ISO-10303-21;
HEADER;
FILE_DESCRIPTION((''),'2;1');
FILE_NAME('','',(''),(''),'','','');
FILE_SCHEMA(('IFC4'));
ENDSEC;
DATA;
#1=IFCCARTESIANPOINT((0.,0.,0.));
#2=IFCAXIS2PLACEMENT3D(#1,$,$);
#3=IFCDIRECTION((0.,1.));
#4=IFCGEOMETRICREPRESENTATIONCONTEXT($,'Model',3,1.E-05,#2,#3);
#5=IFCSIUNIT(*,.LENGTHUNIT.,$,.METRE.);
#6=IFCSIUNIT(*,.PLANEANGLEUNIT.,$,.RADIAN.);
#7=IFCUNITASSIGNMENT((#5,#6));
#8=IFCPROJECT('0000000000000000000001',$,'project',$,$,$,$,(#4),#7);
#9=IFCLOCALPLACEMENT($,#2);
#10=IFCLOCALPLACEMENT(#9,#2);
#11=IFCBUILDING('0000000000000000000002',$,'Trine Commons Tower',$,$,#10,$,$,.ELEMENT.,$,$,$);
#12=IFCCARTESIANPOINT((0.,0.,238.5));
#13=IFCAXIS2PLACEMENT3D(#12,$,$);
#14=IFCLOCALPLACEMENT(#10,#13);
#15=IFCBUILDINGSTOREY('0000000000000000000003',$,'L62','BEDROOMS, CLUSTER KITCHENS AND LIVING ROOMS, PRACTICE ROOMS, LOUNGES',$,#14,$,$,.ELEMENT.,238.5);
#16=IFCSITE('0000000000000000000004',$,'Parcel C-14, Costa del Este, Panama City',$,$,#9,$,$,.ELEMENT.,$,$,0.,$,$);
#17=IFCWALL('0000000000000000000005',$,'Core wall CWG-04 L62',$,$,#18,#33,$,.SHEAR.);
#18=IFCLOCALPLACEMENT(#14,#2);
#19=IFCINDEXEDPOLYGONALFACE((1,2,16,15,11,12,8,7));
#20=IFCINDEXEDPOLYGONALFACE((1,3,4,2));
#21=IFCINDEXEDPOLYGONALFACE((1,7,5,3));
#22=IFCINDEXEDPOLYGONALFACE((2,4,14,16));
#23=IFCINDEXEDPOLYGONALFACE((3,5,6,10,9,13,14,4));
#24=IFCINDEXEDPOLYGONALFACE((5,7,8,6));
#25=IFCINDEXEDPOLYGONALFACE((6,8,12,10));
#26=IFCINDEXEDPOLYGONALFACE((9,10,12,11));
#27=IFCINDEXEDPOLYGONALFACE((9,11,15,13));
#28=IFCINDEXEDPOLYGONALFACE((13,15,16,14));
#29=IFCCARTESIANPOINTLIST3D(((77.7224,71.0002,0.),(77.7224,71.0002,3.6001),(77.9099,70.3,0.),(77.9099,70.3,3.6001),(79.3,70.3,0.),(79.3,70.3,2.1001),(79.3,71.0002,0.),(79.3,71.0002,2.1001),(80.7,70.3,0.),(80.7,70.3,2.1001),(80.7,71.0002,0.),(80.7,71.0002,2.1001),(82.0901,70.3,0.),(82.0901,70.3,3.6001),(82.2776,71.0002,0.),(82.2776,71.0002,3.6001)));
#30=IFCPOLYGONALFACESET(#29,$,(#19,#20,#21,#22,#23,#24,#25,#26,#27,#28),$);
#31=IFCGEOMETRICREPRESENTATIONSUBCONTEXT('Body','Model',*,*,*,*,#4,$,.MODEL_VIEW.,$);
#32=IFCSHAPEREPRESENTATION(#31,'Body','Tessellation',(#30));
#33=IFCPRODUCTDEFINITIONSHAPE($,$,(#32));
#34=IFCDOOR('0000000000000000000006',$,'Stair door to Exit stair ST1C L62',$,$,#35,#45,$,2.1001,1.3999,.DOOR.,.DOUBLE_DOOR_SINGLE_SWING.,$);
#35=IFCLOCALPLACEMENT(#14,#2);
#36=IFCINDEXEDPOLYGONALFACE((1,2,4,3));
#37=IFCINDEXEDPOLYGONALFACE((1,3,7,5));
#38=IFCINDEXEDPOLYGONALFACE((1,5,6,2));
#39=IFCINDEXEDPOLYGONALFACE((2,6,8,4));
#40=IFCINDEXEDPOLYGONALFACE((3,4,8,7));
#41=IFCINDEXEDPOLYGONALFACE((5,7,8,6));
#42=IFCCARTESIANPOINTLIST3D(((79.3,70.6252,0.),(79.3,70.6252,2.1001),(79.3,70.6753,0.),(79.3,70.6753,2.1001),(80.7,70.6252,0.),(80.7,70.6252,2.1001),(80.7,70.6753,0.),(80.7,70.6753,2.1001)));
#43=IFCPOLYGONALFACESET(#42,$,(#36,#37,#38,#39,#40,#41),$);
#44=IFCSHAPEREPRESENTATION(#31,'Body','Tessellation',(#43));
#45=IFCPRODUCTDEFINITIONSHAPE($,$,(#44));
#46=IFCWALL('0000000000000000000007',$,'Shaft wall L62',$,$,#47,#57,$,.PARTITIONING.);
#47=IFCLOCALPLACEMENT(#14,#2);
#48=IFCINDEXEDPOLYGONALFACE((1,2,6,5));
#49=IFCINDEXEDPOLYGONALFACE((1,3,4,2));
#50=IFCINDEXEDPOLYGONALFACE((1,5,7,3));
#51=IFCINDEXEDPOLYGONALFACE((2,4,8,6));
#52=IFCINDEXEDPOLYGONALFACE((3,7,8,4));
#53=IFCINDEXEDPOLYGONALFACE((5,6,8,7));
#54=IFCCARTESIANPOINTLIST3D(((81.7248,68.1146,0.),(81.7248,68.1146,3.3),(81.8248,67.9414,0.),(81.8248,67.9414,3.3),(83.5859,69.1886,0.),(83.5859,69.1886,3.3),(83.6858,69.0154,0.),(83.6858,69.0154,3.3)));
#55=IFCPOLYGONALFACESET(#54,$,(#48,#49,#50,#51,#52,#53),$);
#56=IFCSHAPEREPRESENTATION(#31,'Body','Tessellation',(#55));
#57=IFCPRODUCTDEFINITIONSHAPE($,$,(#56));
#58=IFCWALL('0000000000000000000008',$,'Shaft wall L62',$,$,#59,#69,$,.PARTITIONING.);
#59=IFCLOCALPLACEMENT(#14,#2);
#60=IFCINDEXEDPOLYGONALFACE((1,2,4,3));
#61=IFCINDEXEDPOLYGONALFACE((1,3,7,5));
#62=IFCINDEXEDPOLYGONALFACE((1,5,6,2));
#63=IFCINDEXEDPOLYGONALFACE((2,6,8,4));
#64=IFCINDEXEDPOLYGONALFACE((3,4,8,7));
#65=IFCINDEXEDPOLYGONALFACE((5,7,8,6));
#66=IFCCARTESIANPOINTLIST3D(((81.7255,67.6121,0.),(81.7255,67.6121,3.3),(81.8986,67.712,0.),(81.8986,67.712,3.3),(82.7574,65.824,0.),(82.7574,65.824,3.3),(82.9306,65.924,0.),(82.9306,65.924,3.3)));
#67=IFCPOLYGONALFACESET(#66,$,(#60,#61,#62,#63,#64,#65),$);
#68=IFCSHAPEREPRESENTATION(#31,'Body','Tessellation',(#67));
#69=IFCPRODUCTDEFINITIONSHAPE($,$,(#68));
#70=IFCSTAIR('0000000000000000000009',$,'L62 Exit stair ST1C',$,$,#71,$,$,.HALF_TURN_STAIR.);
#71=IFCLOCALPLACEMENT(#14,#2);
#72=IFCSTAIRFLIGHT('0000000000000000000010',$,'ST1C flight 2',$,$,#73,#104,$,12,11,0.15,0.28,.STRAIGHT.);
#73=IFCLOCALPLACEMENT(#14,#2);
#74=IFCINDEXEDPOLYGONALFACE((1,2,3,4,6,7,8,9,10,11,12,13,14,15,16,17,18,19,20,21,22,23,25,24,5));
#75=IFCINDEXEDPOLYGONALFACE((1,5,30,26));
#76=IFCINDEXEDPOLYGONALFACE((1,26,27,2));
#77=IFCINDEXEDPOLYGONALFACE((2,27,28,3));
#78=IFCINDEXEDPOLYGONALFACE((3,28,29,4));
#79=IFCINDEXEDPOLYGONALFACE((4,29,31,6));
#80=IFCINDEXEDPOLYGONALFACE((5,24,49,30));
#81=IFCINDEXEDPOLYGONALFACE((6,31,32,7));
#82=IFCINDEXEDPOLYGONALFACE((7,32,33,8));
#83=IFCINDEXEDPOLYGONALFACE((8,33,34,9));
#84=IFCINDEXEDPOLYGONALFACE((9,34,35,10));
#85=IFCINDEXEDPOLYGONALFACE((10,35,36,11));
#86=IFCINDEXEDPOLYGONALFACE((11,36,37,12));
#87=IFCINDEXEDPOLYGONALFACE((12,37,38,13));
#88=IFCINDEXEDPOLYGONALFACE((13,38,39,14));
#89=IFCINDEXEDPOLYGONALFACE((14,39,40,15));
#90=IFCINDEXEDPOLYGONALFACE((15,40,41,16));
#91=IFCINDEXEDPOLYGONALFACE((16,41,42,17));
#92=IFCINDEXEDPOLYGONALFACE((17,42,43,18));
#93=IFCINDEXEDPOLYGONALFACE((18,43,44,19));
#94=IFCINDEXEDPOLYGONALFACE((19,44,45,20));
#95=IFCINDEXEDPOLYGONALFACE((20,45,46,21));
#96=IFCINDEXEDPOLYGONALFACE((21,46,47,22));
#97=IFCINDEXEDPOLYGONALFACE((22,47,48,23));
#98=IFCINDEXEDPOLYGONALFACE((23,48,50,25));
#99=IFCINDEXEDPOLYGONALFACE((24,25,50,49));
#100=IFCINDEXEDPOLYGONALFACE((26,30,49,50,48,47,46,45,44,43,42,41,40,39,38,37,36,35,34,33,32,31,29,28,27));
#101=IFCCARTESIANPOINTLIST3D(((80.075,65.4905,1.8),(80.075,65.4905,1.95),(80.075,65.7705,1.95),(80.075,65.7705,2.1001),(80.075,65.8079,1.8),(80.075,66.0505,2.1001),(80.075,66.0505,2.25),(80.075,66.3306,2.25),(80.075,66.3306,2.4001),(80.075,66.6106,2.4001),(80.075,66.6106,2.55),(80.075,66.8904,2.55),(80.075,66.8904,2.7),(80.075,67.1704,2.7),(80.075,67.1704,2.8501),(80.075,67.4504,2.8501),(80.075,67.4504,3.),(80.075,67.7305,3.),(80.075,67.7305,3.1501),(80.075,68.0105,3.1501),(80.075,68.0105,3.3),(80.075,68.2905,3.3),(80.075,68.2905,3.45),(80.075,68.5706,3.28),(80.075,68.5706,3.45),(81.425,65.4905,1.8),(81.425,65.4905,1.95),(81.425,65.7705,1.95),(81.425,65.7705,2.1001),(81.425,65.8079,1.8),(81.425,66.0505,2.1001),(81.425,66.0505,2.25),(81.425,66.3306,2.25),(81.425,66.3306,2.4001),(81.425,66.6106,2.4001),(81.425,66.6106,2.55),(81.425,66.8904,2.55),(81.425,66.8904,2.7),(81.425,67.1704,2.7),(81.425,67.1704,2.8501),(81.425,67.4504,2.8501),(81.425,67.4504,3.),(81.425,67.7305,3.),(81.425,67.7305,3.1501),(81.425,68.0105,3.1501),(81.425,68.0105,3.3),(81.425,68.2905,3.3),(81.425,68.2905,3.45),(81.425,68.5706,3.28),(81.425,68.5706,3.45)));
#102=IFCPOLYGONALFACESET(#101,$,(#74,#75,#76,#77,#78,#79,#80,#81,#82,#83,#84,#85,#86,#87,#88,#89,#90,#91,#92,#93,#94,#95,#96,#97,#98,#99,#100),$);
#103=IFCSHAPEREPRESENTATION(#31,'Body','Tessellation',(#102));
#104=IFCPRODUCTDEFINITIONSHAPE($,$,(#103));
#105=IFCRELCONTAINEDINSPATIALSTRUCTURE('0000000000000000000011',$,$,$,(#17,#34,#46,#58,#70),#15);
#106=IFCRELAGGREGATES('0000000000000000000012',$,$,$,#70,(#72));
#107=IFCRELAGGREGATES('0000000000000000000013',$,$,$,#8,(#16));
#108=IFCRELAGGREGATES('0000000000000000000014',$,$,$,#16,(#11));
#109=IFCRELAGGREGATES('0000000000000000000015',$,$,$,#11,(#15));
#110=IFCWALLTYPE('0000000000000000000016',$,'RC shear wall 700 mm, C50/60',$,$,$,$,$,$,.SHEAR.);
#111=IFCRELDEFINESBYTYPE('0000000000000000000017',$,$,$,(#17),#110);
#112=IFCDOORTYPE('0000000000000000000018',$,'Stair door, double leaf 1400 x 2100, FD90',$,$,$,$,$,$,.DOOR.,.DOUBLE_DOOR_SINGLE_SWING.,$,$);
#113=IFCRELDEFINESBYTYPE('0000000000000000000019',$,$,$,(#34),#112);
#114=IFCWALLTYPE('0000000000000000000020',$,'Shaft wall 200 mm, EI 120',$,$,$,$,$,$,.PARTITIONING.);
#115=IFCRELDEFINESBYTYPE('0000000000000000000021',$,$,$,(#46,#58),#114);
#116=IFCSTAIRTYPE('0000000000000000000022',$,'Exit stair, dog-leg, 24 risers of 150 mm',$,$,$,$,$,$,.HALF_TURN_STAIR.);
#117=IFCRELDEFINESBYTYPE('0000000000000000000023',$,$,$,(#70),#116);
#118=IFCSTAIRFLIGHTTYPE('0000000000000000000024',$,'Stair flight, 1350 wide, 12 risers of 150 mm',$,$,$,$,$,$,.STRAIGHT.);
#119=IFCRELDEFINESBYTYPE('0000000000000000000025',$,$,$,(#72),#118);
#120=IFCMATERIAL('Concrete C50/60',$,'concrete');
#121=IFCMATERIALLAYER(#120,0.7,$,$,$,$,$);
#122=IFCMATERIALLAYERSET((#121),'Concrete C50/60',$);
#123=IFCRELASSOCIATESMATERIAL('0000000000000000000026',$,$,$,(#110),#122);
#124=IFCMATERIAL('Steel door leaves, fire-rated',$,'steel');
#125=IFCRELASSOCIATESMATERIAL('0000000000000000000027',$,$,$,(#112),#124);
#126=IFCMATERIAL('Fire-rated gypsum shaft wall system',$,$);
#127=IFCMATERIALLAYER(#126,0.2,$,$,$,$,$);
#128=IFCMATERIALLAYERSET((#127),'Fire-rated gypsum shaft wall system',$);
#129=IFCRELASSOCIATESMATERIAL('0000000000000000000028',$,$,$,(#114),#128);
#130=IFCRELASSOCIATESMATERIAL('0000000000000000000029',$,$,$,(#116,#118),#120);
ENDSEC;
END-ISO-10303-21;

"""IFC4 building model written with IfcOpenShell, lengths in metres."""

from ifc_helpers import new_model, si_unit, direction, frame, frame_2d, origin, place, context, subcontext, project, spatial, polyline, rectangle, outline, extrude, material, layer, layer_set, type_object, element, fill, aggregate, save


model = new_model("IFC4")

# Units and contexts
model_context = context("Model", 3, precision=1e-05, world=origin(), true_north=direction((0.0, 1.0)))
body_context = subcontext(model_context, "Body", "Model", "MODEL_VIEW")
ifc_project = project(units=[si_unit("LENGTHUNIT", "METRE"), si_unit("PLANEANGLEUNIT", "RADIAN")], contexts=[model_context])

# Site, building, storey
site_placement = place(None, origin())
site = spatial("IfcSite", under=ifc_project, at=site_placement, Name="Parcel C-14, Costa del Este, Panama City", CompositionType="ELEMENT", RefElevation=0.0)
building_placement = place(site_placement, origin())
building = spatial("IfcBuilding", under=site, at=building_placement, Name="Trine Commons Tower", CompositionType="ELEMENT")
storey_placement = place(building_placement, frame((0.0, 0.0, 238.5)))
storey = spatial("IfcBuildingStorey", under=building, at=storey_placement, Name="L62", Description="BEDROOMS, CLUSTER KITCHENS AND LIVING ROOMS, PRACTICE ROOMS, LOUNGES", CompositionType="ELEMENT", Elevation=238.5)

# Shared definitions
ifc_material_1 = material(Name="Concrete C50/60", Category="concrete")

# Wall, opening, door
ifc_layer_1 = layer(ifc_material_1, 0.7)
ifc_layer_set_1 = layer_set([ifc_layer_1], Name="Concrete C50/60")
wall_type_1 = type_object("IfcWallType", Name="RC shear wall 700 mm, C50/60", PredefinedType="SHEAR", material=ifc_layer_set_1)
wall_1_placement = place(storey_placement, frame((82.2776, 70.6501, 0.0), z_axis=(0.0, 0.0, 1.0), x_axis=(-1.0, 0.0, 0.0)))
wall_1 = element("IfcWall", 1, at=wall_1_placement, inside=storey, type_object=wall_type_1, Name="Core wall CWG-04 L62", PredefinedType="SHEAR", context=body_context, shape_type="SweptSolid", body=[
    extrude(outline(polyline([(0.0, -0.3501), (4.5552, -0.3501), (4.3677, 0.3501), (0.1875, 0.3501), (0.0, -0.3501)])), origin(), (0.0, 0.0, 1.0), 3.6001),
])
opening_1_placement = place(wall_1_placement, frame((1.5776, 0.0, 0.0)))
opening_1 = element("IfcOpeningElement", 2, at=opening_1_placement, cuts=wall_1, PredefinedType="OPENING", context=body_context, shape_type="SweptSolid", body=[
    extrude(rectangle(XDim=1.3999, YDim=2.1001, at=frame_2d((0.7, 1.05))), frame((0.0, 0.3599, 0.0), z_axis=(0.0, -1.0, 0.0), x_axis=(1.0, 0.0, 0.0)), (0.0, 0.0, 1.0), 0.72),
])
ifc_material_2 = material(Name="Steel door leaves, fire-rated", Category="steel")
door_type_1 = type_object("IfcDoorType", Name="Stair door, double leaf 1400 x 2100, FD90", OperationType="DOUBLE_DOOR_SINGLE_SWING", PredefinedType="DOOR", material=ifc_material_2)
door_1_placement = place(opening_1_placement, origin())
door_1 = element("IfcDoor", 3, at=door_1_placement, inside=storey, type_object=door_type_1, Name="Stair door to Exit stair ST1C L62", OperationType="DOUBLE_DOOR_SINGLE_SWING", OverallHeight=2.1001, OverallWidth=1.3999, PredefinedType="DOOR", context=body_context, shape_type="SweptSolid", body=[
    extrude(rectangle(XDim=1.3999, YDim=2.1001, at=frame_2d((0.7, 1.05))), frame((0.0, 0.0249, 0.0), z_axis=(0.0, -1.0, 0.0), x_axis=(1.0, 0.0, 0.0)), (0.0, 0.0, 1.0), 0.05),
])
fill(opening_1, door_1)

# Walls
ifc_material_3 = material(Name="Fire-rated gypsum shaft wall system")
ifc_layer_2 = layer(ifc_material_3, 0.2)
ifc_layer_set_2 = layer_set([ifc_layer_2], Name="Fire-rated gypsum shaft wall system")
wall_type_2 = type_object("IfcWallType", Name="Shaft wall 200 mm, EI 120", PredefinedType="PARTITIONING", material=ifc_layer_set_2)
wall_2_placement = place(storey_placement, frame((81.7749, 68.0281, 0.0), z_axis=(0.0, 0.0, 1.0), x_axis=(0.866131, 0.499818, 0.0)))
element("IfcWall", 4, at=wall_2_placement, inside=storey, type_object=wall_type_2, Name="Shaft wall L62", PredefinedType="PARTITIONING", context=body_context, shape_type="SweptSolid", body=[
    extrude(rectangle(XDim=2.1487, YDim=0.2, at=frame_2d((1.0742, 0.0))), origin(), (0.0, 0.0, 1.0), 3.3),
])
wall_3_placement = place(storey_placement, frame((82.844, 65.874, 0.0), z_axis=(0.0, 0.0, 1.0), x_axis=(-0.499866, 0.866103, 0.0)))
element("IfcWall", 5, at=wall_3_placement, inside=storey, type_object=wall_type_2, Name="Shaft wall L62", PredefinedType="PARTITIONING", context=body_context, shape_type="SweptSolid", body=[
    extrude(rectangle(XDim=2.0645, YDim=0.2, at=frame_2d((1.0322, 0.0))), origin(), (0.0, 0.0, 1.0), 3.3),
])

# Stair, stair flight
stair_type = type_object("IfcStairType", Name="Exit stair, dog-leg, 24 risers of 150 mm", PredefinedType="HALF_TURN_STAIR", material=ifc_material_1)
stair_placement = place(storey_placement, origin())
stair = element("IfcStair", 6, at=stair_placement, inside=storey, type_object=stair_type, Name="L62 Exit stair ST1C", PredefinedType="HALF_TURN_STAIR")
stair_flight_type = type_object("IfcStairFlightType", Name="Stair flight, 1350 wide, 12 risers of 150 mm", PredefinedType="STRAIGHT", material=ifc_material_1)
stair_flight_placement = place(storey_placement, frame((80.75, 65.4905, 1.8), z_axis=(0.0, 0.0, 1.0), x_axis=(0.0, 1.0, 0.0)))
stair_flight = element("IfcStairFlight", 7, at=stair_flight_placement, type_object=stair_flight_type, Name="ST1C flight 2", NumberOfRisers=12, NumberOfTreads=11, PredefinedType="STRAIGHT", RiserHeight=0.15, TreadLength=0.28, context=body_context, shape_type="SweptSolid", body=[
    extrude(outline(polyline([(0.0, 0.0), (0.0, 0.1499), (0.28, 0.1499), (0.28, 0.3), (0.5601, 0.3), (0.5601, 0.45), (0.8401, 0.45), (0.8401, 0.6001), (1.1201, 0.6001), (1.1201, 0.75), (1.3999, 0.75), (1.3999, 0.8999), (1.6799, 0.8999), (1.6799, 1.05), (1.96, 1.05), (1.96, 1.2), (2.24, 1.2), (2.24, 1.3501), (2.52, 1.3501), (2.52, 1.5), (2.8, 1.5), (2.8, 1.6499), (3.0801, 1.6499), (3.0801, 1.8), (3.0801, 1.48), (0.3174, 0.0), (0.0, 0.0)])), frame((0.0, 0.675, 0.0), z_axis=(0.0, -1.0, 0.0), x_axis=(1.0, 0.0, 0.0)), (0.0, 0.0, 1.0), 1.3501),
])
aggregate(stair, [stair_flight])

save(model, "model.ifc")
